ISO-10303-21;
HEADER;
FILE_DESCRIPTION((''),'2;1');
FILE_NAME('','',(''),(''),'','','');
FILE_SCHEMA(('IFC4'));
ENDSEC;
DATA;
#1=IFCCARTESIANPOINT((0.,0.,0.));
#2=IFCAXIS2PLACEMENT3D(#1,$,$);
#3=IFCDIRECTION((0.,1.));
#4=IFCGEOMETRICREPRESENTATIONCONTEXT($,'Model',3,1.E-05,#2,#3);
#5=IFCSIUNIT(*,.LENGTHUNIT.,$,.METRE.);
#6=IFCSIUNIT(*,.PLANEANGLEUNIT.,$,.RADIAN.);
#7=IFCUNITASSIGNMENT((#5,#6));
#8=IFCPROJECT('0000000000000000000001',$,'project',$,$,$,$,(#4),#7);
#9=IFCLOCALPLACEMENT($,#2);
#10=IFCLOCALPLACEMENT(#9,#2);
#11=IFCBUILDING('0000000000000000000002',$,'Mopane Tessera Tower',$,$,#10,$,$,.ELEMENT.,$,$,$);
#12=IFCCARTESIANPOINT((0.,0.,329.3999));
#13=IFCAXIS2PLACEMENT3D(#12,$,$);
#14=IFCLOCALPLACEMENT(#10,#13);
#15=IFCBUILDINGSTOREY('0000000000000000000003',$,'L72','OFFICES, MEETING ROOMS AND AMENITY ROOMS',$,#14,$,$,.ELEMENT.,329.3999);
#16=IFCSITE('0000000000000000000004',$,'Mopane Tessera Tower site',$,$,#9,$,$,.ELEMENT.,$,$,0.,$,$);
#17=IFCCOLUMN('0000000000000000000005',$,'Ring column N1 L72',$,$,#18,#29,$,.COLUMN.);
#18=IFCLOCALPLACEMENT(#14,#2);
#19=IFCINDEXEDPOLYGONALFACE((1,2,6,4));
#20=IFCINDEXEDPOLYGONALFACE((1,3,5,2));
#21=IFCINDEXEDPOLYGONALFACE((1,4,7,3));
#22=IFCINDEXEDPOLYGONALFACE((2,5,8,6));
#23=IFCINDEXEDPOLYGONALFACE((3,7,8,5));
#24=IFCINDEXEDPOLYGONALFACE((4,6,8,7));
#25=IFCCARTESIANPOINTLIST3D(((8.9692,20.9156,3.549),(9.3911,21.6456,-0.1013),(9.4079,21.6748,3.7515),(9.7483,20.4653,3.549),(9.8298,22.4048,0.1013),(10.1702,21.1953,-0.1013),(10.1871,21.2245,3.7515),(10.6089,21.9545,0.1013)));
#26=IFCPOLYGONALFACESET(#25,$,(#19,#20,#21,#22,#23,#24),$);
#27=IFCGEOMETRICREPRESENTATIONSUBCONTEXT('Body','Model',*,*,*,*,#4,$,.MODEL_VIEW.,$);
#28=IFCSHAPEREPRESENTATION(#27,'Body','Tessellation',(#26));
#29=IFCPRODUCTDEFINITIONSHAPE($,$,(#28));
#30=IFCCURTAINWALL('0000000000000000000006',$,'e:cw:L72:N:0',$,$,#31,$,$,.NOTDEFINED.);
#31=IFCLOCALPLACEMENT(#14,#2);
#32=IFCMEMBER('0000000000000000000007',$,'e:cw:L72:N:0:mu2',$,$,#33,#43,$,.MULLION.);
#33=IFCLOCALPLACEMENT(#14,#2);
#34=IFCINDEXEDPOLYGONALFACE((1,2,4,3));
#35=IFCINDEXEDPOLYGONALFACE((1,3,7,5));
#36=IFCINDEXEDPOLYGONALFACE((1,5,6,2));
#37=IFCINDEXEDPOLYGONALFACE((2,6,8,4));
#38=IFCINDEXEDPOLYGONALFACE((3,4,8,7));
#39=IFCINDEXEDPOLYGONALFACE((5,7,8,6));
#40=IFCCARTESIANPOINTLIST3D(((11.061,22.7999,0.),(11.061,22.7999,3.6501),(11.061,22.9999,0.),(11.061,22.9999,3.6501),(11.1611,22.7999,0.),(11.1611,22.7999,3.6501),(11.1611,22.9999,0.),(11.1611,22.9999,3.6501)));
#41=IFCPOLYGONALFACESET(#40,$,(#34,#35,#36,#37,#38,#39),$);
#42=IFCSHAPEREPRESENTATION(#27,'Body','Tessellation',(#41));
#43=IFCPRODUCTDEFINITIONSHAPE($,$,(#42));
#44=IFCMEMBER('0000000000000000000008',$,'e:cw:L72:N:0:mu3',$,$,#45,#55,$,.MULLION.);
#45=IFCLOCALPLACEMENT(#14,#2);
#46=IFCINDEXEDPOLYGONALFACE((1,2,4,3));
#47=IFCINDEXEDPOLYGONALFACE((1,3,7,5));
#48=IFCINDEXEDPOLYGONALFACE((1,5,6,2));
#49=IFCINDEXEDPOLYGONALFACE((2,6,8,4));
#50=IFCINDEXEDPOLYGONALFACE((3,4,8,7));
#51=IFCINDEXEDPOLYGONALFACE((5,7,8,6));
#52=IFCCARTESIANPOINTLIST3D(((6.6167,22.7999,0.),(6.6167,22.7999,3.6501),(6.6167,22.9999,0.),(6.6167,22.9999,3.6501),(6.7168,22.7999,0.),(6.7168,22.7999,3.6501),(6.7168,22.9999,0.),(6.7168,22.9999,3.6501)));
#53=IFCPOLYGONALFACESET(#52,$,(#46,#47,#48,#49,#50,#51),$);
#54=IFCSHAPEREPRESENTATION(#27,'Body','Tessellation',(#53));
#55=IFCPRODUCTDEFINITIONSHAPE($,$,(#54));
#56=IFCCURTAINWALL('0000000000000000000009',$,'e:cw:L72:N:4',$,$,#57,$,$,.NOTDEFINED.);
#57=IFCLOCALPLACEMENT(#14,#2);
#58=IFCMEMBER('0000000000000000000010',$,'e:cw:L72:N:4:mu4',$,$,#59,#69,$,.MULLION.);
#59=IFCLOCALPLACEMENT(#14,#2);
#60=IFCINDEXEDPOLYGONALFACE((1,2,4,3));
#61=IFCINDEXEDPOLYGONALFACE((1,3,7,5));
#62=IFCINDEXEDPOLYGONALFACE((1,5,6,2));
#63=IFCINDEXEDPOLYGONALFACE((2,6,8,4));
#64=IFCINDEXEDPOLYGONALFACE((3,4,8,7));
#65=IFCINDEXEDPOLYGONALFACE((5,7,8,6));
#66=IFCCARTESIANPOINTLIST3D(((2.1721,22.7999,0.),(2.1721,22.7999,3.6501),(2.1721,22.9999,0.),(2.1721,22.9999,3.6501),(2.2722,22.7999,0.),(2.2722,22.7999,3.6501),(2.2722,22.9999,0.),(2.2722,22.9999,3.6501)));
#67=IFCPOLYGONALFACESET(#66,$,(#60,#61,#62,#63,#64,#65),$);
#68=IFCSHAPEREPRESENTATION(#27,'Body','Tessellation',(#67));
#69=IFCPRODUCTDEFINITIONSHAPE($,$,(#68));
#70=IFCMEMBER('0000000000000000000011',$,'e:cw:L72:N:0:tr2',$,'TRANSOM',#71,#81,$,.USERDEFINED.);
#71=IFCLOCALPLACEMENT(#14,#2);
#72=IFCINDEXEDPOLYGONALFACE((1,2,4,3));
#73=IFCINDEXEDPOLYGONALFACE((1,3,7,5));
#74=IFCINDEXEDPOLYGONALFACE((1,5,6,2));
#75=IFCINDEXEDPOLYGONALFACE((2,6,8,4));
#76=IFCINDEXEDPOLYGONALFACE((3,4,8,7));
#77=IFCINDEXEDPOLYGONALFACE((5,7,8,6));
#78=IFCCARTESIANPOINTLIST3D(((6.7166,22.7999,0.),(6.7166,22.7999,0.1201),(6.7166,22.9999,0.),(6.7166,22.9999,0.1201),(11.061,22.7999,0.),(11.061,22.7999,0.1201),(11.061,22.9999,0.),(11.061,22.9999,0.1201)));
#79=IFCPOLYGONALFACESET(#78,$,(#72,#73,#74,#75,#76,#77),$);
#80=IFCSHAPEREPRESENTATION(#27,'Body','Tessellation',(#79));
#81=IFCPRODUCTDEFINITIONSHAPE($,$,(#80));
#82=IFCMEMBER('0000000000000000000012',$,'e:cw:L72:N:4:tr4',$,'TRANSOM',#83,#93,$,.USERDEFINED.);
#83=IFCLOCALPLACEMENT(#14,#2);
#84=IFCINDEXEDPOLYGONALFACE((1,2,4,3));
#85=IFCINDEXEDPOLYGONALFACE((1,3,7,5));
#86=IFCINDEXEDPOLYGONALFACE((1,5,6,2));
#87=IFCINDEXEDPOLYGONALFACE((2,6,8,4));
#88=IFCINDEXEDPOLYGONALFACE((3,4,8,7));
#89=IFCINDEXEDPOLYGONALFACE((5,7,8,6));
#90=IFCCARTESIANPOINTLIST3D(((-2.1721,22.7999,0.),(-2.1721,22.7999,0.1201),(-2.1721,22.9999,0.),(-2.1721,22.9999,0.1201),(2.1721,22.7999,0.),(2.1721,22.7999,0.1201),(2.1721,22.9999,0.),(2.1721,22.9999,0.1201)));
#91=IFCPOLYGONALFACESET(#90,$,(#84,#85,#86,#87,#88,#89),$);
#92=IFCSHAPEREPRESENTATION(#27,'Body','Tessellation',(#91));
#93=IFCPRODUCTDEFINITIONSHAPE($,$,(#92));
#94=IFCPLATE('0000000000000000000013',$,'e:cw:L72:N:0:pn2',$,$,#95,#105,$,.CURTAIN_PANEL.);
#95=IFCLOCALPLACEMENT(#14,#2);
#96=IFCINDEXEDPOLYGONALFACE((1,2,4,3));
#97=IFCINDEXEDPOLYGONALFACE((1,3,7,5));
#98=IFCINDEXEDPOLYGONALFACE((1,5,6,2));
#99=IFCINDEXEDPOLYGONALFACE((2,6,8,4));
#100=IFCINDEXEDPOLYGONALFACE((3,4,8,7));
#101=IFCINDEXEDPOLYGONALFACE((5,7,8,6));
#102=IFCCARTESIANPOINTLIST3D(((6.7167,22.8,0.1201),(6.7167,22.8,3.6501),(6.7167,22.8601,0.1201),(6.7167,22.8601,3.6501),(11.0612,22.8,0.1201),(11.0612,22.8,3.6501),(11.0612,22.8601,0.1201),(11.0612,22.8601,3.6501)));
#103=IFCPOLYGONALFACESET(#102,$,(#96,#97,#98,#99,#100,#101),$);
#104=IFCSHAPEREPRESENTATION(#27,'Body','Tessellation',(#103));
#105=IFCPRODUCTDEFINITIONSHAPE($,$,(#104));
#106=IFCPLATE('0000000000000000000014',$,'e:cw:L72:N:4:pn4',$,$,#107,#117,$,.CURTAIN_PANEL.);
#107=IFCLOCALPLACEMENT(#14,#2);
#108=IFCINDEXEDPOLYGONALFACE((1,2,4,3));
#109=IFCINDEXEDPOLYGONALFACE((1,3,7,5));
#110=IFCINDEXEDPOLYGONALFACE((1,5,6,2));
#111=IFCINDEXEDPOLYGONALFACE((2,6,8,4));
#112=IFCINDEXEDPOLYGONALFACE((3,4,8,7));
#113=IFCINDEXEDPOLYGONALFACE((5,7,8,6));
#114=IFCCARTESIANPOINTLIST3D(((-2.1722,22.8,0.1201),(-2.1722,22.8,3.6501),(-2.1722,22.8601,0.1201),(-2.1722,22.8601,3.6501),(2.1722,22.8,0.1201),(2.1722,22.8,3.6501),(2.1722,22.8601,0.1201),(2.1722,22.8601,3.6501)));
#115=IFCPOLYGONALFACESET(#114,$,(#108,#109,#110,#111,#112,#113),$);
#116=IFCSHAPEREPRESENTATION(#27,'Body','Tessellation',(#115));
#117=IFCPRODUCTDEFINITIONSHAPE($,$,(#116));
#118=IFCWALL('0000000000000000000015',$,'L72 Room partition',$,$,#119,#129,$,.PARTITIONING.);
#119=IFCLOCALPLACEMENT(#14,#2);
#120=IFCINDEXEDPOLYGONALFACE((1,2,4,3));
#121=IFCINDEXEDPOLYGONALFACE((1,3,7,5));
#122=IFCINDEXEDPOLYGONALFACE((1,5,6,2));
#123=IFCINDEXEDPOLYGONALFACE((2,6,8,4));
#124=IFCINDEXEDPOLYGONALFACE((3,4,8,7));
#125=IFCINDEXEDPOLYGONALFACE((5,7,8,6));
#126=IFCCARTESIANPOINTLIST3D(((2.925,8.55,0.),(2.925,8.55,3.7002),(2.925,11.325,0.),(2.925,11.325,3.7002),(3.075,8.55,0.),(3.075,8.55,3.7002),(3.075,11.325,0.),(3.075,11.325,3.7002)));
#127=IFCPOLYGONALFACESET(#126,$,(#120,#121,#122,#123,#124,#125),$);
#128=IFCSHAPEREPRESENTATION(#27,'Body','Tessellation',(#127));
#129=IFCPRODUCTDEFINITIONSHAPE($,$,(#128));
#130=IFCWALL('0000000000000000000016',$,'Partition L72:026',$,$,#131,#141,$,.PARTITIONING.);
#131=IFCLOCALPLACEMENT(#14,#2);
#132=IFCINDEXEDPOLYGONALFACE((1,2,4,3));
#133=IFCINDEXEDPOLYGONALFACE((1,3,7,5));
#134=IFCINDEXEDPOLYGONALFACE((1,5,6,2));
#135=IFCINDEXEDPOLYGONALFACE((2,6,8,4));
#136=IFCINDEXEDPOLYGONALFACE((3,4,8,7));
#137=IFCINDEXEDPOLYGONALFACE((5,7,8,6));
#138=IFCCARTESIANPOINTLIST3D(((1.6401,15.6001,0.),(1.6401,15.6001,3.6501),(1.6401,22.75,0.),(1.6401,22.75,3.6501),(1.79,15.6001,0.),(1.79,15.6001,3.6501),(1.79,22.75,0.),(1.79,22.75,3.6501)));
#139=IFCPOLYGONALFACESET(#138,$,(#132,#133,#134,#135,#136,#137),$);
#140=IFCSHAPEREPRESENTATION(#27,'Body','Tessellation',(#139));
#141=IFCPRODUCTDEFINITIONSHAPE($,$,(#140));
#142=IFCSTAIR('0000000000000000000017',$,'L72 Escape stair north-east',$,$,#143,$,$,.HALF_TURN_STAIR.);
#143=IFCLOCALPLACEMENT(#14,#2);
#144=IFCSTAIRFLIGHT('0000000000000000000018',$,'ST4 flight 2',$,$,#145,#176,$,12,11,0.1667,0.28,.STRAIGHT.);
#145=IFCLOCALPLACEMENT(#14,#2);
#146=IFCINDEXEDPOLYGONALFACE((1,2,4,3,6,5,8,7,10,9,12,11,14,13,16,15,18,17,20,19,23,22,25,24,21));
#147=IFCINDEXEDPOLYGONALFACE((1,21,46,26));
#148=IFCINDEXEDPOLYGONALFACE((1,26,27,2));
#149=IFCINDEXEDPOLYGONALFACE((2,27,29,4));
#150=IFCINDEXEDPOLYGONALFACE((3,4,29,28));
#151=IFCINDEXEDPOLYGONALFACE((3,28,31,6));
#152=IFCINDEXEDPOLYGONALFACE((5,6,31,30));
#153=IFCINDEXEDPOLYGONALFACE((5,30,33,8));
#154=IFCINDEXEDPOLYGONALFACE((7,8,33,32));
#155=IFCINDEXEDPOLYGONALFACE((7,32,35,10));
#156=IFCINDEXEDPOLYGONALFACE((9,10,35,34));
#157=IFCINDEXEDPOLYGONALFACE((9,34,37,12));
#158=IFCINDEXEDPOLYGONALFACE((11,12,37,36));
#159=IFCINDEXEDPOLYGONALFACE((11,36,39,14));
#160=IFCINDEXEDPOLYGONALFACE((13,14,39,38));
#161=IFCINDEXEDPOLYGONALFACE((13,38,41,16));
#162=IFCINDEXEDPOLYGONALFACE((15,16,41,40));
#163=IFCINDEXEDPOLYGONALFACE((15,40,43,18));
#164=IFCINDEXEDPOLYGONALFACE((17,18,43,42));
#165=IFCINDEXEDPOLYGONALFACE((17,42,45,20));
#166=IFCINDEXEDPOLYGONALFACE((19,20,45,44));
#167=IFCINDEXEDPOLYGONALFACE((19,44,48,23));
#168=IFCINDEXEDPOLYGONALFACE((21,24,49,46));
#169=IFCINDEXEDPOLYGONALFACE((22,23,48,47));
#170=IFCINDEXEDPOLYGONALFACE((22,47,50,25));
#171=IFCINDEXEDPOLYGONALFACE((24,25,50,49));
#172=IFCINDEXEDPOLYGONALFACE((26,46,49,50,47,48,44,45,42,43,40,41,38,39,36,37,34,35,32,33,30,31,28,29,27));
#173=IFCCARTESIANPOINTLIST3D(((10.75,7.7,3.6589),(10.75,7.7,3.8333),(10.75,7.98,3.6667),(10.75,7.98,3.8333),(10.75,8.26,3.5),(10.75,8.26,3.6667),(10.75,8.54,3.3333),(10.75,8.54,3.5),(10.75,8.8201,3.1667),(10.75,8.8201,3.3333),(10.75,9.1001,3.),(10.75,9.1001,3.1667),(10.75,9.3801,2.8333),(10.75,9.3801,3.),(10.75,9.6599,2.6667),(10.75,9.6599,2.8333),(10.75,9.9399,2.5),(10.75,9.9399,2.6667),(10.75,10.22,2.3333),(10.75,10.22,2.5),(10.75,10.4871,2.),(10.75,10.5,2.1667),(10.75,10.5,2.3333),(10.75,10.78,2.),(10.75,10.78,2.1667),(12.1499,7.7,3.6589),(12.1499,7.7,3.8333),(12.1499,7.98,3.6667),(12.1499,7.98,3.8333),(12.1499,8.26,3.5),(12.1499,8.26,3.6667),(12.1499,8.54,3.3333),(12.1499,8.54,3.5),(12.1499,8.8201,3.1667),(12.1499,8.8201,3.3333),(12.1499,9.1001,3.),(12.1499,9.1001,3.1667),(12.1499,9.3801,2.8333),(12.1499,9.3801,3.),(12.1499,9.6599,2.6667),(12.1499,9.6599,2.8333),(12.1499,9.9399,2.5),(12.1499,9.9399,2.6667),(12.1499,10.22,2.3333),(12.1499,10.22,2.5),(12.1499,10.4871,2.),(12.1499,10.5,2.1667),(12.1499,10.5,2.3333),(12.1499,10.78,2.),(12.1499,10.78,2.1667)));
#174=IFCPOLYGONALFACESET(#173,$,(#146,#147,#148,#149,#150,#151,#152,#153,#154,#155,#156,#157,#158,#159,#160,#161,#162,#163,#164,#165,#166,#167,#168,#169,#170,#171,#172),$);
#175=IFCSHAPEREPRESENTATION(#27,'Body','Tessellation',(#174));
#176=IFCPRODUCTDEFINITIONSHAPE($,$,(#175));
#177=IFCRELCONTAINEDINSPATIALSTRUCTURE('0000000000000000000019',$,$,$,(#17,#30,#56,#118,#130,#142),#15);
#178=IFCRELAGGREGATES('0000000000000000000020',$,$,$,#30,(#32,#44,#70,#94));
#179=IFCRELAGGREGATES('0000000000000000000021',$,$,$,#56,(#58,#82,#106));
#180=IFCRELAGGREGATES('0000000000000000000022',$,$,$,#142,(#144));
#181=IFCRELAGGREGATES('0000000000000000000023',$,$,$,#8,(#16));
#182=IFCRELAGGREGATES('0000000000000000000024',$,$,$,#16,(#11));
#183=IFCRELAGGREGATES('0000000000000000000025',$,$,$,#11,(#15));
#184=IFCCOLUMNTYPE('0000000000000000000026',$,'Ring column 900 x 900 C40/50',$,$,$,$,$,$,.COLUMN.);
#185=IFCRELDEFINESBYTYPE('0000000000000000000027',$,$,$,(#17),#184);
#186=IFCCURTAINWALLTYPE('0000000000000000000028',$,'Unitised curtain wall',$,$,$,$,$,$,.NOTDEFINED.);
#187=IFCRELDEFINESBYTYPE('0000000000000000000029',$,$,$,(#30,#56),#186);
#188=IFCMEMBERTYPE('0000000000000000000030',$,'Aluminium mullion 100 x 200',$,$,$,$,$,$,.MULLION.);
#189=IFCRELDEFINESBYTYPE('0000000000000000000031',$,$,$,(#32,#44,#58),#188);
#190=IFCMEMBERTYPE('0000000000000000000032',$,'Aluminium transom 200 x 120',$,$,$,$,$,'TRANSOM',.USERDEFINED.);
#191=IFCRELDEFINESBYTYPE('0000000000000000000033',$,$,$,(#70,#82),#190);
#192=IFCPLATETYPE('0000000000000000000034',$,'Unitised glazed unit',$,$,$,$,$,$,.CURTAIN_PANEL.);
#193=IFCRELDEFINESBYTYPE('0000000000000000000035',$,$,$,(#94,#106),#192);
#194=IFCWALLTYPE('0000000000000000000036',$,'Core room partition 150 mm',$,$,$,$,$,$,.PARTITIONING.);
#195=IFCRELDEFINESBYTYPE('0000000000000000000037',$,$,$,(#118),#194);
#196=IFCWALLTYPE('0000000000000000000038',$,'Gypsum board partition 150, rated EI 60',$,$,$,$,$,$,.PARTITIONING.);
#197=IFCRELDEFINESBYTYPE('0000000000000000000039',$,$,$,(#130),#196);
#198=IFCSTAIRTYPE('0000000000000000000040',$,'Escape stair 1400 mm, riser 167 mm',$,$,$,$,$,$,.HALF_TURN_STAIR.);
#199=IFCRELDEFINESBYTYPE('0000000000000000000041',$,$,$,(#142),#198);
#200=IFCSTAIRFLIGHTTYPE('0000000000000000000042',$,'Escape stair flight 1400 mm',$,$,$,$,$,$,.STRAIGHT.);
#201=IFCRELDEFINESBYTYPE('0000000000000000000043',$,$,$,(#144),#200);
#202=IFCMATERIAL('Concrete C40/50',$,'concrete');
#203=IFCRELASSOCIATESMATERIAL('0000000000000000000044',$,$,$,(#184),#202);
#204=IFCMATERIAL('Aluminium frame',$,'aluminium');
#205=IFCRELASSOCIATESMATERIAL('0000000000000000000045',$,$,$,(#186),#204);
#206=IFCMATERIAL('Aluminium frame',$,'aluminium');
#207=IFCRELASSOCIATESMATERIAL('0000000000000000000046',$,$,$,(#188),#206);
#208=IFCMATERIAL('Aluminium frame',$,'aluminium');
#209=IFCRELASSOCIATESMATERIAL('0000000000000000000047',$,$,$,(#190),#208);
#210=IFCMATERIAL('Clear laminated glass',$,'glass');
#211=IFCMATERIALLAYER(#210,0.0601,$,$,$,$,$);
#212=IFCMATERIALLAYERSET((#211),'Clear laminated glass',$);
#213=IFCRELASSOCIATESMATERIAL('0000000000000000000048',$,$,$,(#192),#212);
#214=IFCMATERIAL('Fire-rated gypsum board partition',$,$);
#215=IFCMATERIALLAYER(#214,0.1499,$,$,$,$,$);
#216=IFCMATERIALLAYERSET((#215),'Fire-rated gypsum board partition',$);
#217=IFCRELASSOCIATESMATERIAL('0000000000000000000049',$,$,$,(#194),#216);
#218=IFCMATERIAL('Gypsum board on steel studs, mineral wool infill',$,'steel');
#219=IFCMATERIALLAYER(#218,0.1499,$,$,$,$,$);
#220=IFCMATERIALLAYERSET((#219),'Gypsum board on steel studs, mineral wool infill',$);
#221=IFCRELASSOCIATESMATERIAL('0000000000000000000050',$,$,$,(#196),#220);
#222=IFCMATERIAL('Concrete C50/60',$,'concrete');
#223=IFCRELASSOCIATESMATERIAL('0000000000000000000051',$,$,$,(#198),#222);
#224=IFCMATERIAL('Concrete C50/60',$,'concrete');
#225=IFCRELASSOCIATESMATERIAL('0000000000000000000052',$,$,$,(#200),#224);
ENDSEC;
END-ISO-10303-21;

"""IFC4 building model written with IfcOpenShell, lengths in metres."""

from ifc_helpers import new_model, si_unit, direction, frame, frame_2d, origin, origin_2d, place, context, subcontext, project, spatial, polyline, rectangle, outline, extrude, material, layer, layer_set, material_profile, profile_set, type_object, element, aggregate, save


model = new_model("IFC4")

# Units and contexts
model_context = context("Model", 3, precision=1e-05, world=origin(), true_north=direction((0.0, 1.0)))
body_context = subcontext(model_context, "Body", "Model", "MODEL_VIEW")
ifc_project = project(units=[si_unit("LENGTHUNIT", "METRE"), si_unit("PLANEANGLEUNIT", "RADIAN")], contexts=[model_context])

# Site, building, storey
site_placement = place(None, origin())
site = spatial("IfcSite", under=ifc_project, at=site_placement, Name="Mopane Tessera Tower site", CompositionType="ELEMENT", RefElevation=0.0)
building_placement = place(site_placement, origin())
building = spatial("IfcBuilding", under=site, at=building_placement, Name="Mopane Tessera Tower", CompositionType="ELEMENT")
storey_placement = place(building_placement, frame((0.0, 0.0, 329.3999)))
storey = spatial("IfcBuildingStorey", under=building, at=storey_placement, Name="L72", Description="OFFICES, MEETING ROOMS AND AMENITY ROOMS", CompositionType="ELEMENT", Elevation=329.3999)

# Column
ifc_material_1 = material(Name="Concrete C40/50", Category="concrete")
ifc_material_profile_1 = material_profile(ifc_material_1, rectangle(XDim=0.8999, YDim=0.8999, at=origin_2d()))
ifc_profile_set_1 = profile_set([ifc_material_profile_1], Name="Concrete C40/50")
column_type = type_object("IfcColumnType", Name="Ring column 900 x 900 C40/50", PredefinedType="COLUMN", material=ifc_profile_set_1)
column_placement = place(storey_placement, frame((10.0, 21.8, 0.0), z_axis=(-0.112612, -0.194856, 0.974346), x_axis=(0.865809, -0.500374, 0.0)))
element("IfcColumn", 1, at=column_placement, inside=storey, type_object=column_type, Name="Ring column N1 L72", PredefinedType="COLUMN", context=body_context, shape_type="SweptSolid", body=[
    extrude(rectangle(XDim=0.8999, YDim=0.8999, at=origin_2d()), origin(), (0.0, 0.0, 1.0), 3.7463),
])

# Curtain wall, members
ifc_material_2 = material(Name="Aluminium frame", Category="aluminium")
curtain_wall_type = type_object("IfcCurtainWallType", Name="Unitised curtain wall", PredefinedType="NOTDEFINED", material=ifc_material_2)
curtain_wall_1_placement = place(storey_placement, origin())
curtain_wall_1 = element("IfcCurtainWall", 2, at=curtain_wall_1_placement, inside=storey, type_object=curtain_wall_type, Name="e:cw:L72:N:0", PredefinedType="NOTDEFINED")
ifc_material_3 = material(Name="Aluminium frame", Category="aluminium")
ifc_material_profile_2 = material_profile(ifc_material_3, rectangle(XDim=0.1001, YDim=0.2, at=origin_2d()))
ifc_profile_set_2 = profile_set([ifc_material_profile_2], Name="Aluminium frame")
member_type_1 = type_object("IfcMemberType", Name="Aluminium mullion 100 x 200", PredefinedType="MULLION", material=ifc_profile_set_2)
member_1_placement = place(storey_placement, frame((11.1111, 22.8999, 0.0), z_axis=(0.0, 0.0, 1.0), x_axis=(-1.0, 0.0, 0.0)))
member_1 = element("IfcMember", 3, at=member_1_placement, type_object=member_type_1, Name="e:cw:L72:N:0:mu2", PredefinedType="MULLION", context=body_context, shape_type="SweptSolid", body=[
    extrude(rectangle(XDim=0.1001, YDim=0.2, at=origin_2d()), origin(), (0.0, 0.0, 1.0), 3.6501),
])
member_2_placement = place(storey_placement, frame((6.6667, 22.8999, 0.0), z_axis=(0.0, 0.0, 1.0), x_axis=(-1.0, 0.0, 0.0)))
member_2 = element("IfcMember", 4, at=member_2_placement, type_object=member_type_1, Name="e:cw:L72:N:0:mu3", PredefinedType="MULLION", context=body_context, shape_type="SweptSolid", body=[
    extrude(rectangle(XDim=0.1001, YDim=0.2, at=origin_2d()), origin(), (0.0, 0.0, 1.0), 3.6501),
])

# Curtain wall, member
curtain_wall_2_placement = place(storey_placement, origin())
curtain_wall_2 = element("IfcCurtainWall", 5, at=curtain_wall_2_placement, inside=storey, type_object=curtain_wall_type, Name="e:cw:L72:N:4", PredefinedType="NOTDEFINED")
member_3_placement = place(storey_placement, frame((2.2222, 22.8999, 0.0), z_axis=(0.0, 0.0, 1.0), x_axis=(-1.0, 0.0, 0.0)))
member_3 = element("IfcMember", 6, at=member_3_placement, type_object=member_type_1, Name="e:cw:L72:N:4:mu4", PredefinedType="MULLION", context=body_context, shape_type="SweptSolid", body=[
    extrude(rectangle(XDim=0.1001, YDim=0.2, at=origin_2d()), origin(), (0.0, 0.0, 1.0), 3.6501),
])

# Members
ifc_material_4 = material(Name="Aluminium frame", Category="aluminium")
ifc_material_profile_3 = material_profile(ifc_material_4, rectangle(XDim=0.2, YDim=0.1201, at=origin_2d()))
ifc_profile_set_3 = profile_set([ifc_material_profile_3], Name="Aluminium frame")
member_type_2 = type_object("IfcMemberType", Name="Aluminium transom 200 x 120", ElementType="TRANSOM", PredefinedType="USERDEFINED", material=ifc_profile_set_3)
member_4_placement = place(storey_placement, frame((11.061, 22.8999, 0.0601), z_axis=(-1.0, 0.0, 0.0), x_axis=(0.0, -1.0, 0.0)))
member_4 = element("IfcMember", 7, at=member_4_placement, type_object=member_type_2, Name="e:cw:L72:N:0:tr2", ObjectType="TRANSOM", PredefinedType="USERDEFINED", context=body_context, shape_type="SweptSolid", body=[
    extrude(rectangle(XDim=0.2, YDim=0.1201, at=origin_2d()), origin(), (0.0, 0.0, 1.0), 4.3445),
])
member_5_placement = place(storey_placement, frame((2.1721, 22.8999, 0.0601), z_axis=(-1.0, 0.0, 0.0), x_axis=(0.0, -1.0, 0.0)))
member_5 = element("IfcMember", 8, at=member_5_placement, type_object=member_type_2, Name="e:cw:L72:N:4:tr4", ObjectType="TRANSOM", PredefinedType="USERDEFINED", context=body_context, shape_type="SweptSolid", body=[
    extrude(rectangle(XDim=0.2, YDim=0.1201, at=origin_2d()), origin(), (0.0, 0.0, 1.0), 4.3442),
])

# Plates
ifc_material_5 = material(Name="Clear laminated glass", Category="glass")
ifc_layer_1 = layer(ifc_material_5, 0.0601)
ifc_layer_set_1 = layer_set([ifc_layer_1], Name="Clear laminated glass")
plate_type = type_object("IfcPlateType", Name="Unitised glazed unit", PredefinedType="CURTAIN_PANEL", material=ifc_layer_set_1)
plate_1_placement = place(storey_placement, frame((8.8889, 22.8301, 0.1201), z_axis=(0.0, 0.0, 1.0), x_axis=(-1.0, 0.0, 0.0)))
plate_1 = element("IfcPlate", 9, at=plate_1_placement, type_object=plate_type, Name="e:cw:L72:N:0:pn2", PredefinedType="CURTAIN_PANEL", context=body_context, shape_type="SweptSolid", body=[
    extrude(rectangle(XDim=4.3445, YDim=0.0601, at=origin_2d()), origin(), (0.0, 0.0, 1.0), 3.53),
])
aggregate(curtain_wall_1, [member_1, member_2, member_4, plate_1])
plate_2_placement = place(storey_placement, frame((0.0, 22.8301, 0.1201), z_axis=(0.0, 0.0, 1.0), x_axis=(-1.0, 0.0, 0.0)))
plate_2 = element("IfcPlate", 10, at=plate_2_placement, type_object=plate_type, Name="e:cw:L72:N:4:pn4", PredefinedType="CURTAIN_PANEL", context=body_context, shape_type="SweptSolid", body=[
    extrude(rectangle(XDim=4.3445, YDim=0.0601, at=origin_2d()), origin(), (0.0, 0.0, 1.0), 3.53),
])
aggregate(curtain_wall_2, [member_3, member_5, plate_2])

# Walls
ifc_material_6 = material(Name="Fire-rated gypsum board partition")
ifc_layer_2 = layer(ifc_material_6, 0.1499)
ifc_layer_set_2 = layer_set([ifc_layer_2], Name="Fire-rated gypsum board partition")
wall_type_1 = type_object("IfcWallType", Name="Core room partition 150 mm", PredefinedType="PARTITIONING", material=ifc_layer_set_2)
wall_1_placement = place(storey_placement, frame((3.0, 8.55, 0.0), z_axis=(0.0, 0.0, 1.0), x_axis=(0.0, 1.0, 0.0)))
element("IfcWall", 11, at=wall_1_placement, inside=storey, type_object=wall_type_1, Name="L72 Room partition", PredefinedType="PARTITIONING", context=body_context, shape_type="SweptSolid", body=[
    extrude(rectangle(XDim=2.7749, YDim=0.1499, at=frame_2d((1.3875, 0.0))), origin(), (0.0, 0.0, 1.0), 3.7002),
])
ifc_material_7 = material(Name="Gypsum board on steel studs, mineral wool infill", Category="steel")
ifc_layer_3 = layer(ifc_material_7, 0.1499)
ifc_layer_set_3 = layer_set([ifc_layer_3], Name="Gypsum board on steel studs, mineral wool infill")
wall_type_2 = type_object("IfcWallType", Name="Gypsum board partition 150, rated EI 60", PredefinedType="PARTITIONING", material=ifc_layer_set_3)
wall_2_placement = place(storey_placement, frame((1.7151, 15.6001, 0.0), z_axis=(0.0, 0.0, 1.0), x_axis=(0.0, 1.0, 0.0)))
element("IfcWall", 12, at=wall_2_placement, inside=storey, type_object=wall_type_2, Name="Partition L72:026", PredefinedType="PARTITIONING", context=body_context, shape_type="SweptSolid", body=[
    extrude(rectangle(XDim=7.1499, YDim=0.1499, at=frame_2d((3.575, 0.0))), origin(), (0.0, 0.0, 1.0), 3.6501),
])

# Stair, stair flight
ifc_material_8 = material(Name="Concrete C50/60", Category="concrete")
stair_type = type_object("IfcStairType", Name="Escape stair 1400 mm, riser 167 mm", PredefinedType="HALF_TURN_STAIR", material=ifc_material_8)
stair_placement = place(storey_placement, origin())
stair = element("IfcStair", 13, at=stair_placement, inside=storey, type_object=stair_type, Name="L72 Escape stair north-east", PredefinedType="HALF_TURN_STAIR")
ifc_material_9 = material(Name="Concrete C50/60", Category="concrete")
stair_flight_type = type_object("IfcStairFlightType", Name="Escape stair flight 1400 mm", PredefinedType="STRAIGHT", material=ifc_material_9)
stair_flight_placement = place(storey_placement, frame((11.45, 10.78, 2.0), z_axis=(0.0, 0.0, 1.0), x_axis=(0.0, -1.0, 0.0)))
stair_flight = element("IfcStairFlight", 14, at=stair_flight_placement, type_object=stair_flight_type, Name="ST4 flight 2", NumberOfRisers=12, NumberOfTreads=11, PredefinedType="STRAIGHT", RiserHeight=0.1667, TreadLength=0.28, context=body_context, shape_type="SweptSolid", body=[
    extrude(outline(polyline([(0.0, 0.0), (0.0, 0.1667), (0.28, 0.1667), (0.28, 0.3333), (0.5601, 0.3333), (0.5601, 0.5), (0.8401, 0.5), (0.8401, 0.6667), (1.1201, 0.6667), (1.1201, 0.8333), (1.3999, 0.8333), (1.3999, 1.0), (1.6799, 1.0), (1.6799, 1.1667), (1.96, 1.1667), (1.96, 1.3333), (2.24, 1.3333), (2.24, 1.5), (2.52, 1.5), (2.52, 1.6667), (2.8, 1.6667), (2.8, 1.8333), (3.0801, 1.8333), (3.0801, 2.0), (3.0801, 1.6589), (0.293, 0.0), (0.0, 0.0)])), frame((0.0, 0.7, 0.0), z_axis=(0.0, -1.0, 0.0), x_axis=(1.0, 0.0, 0.0)), (0.0, 0.0, 1.0), 1.3999),
])
aggregate(stair, [stair_flight])

save(model, "model.ifc")
